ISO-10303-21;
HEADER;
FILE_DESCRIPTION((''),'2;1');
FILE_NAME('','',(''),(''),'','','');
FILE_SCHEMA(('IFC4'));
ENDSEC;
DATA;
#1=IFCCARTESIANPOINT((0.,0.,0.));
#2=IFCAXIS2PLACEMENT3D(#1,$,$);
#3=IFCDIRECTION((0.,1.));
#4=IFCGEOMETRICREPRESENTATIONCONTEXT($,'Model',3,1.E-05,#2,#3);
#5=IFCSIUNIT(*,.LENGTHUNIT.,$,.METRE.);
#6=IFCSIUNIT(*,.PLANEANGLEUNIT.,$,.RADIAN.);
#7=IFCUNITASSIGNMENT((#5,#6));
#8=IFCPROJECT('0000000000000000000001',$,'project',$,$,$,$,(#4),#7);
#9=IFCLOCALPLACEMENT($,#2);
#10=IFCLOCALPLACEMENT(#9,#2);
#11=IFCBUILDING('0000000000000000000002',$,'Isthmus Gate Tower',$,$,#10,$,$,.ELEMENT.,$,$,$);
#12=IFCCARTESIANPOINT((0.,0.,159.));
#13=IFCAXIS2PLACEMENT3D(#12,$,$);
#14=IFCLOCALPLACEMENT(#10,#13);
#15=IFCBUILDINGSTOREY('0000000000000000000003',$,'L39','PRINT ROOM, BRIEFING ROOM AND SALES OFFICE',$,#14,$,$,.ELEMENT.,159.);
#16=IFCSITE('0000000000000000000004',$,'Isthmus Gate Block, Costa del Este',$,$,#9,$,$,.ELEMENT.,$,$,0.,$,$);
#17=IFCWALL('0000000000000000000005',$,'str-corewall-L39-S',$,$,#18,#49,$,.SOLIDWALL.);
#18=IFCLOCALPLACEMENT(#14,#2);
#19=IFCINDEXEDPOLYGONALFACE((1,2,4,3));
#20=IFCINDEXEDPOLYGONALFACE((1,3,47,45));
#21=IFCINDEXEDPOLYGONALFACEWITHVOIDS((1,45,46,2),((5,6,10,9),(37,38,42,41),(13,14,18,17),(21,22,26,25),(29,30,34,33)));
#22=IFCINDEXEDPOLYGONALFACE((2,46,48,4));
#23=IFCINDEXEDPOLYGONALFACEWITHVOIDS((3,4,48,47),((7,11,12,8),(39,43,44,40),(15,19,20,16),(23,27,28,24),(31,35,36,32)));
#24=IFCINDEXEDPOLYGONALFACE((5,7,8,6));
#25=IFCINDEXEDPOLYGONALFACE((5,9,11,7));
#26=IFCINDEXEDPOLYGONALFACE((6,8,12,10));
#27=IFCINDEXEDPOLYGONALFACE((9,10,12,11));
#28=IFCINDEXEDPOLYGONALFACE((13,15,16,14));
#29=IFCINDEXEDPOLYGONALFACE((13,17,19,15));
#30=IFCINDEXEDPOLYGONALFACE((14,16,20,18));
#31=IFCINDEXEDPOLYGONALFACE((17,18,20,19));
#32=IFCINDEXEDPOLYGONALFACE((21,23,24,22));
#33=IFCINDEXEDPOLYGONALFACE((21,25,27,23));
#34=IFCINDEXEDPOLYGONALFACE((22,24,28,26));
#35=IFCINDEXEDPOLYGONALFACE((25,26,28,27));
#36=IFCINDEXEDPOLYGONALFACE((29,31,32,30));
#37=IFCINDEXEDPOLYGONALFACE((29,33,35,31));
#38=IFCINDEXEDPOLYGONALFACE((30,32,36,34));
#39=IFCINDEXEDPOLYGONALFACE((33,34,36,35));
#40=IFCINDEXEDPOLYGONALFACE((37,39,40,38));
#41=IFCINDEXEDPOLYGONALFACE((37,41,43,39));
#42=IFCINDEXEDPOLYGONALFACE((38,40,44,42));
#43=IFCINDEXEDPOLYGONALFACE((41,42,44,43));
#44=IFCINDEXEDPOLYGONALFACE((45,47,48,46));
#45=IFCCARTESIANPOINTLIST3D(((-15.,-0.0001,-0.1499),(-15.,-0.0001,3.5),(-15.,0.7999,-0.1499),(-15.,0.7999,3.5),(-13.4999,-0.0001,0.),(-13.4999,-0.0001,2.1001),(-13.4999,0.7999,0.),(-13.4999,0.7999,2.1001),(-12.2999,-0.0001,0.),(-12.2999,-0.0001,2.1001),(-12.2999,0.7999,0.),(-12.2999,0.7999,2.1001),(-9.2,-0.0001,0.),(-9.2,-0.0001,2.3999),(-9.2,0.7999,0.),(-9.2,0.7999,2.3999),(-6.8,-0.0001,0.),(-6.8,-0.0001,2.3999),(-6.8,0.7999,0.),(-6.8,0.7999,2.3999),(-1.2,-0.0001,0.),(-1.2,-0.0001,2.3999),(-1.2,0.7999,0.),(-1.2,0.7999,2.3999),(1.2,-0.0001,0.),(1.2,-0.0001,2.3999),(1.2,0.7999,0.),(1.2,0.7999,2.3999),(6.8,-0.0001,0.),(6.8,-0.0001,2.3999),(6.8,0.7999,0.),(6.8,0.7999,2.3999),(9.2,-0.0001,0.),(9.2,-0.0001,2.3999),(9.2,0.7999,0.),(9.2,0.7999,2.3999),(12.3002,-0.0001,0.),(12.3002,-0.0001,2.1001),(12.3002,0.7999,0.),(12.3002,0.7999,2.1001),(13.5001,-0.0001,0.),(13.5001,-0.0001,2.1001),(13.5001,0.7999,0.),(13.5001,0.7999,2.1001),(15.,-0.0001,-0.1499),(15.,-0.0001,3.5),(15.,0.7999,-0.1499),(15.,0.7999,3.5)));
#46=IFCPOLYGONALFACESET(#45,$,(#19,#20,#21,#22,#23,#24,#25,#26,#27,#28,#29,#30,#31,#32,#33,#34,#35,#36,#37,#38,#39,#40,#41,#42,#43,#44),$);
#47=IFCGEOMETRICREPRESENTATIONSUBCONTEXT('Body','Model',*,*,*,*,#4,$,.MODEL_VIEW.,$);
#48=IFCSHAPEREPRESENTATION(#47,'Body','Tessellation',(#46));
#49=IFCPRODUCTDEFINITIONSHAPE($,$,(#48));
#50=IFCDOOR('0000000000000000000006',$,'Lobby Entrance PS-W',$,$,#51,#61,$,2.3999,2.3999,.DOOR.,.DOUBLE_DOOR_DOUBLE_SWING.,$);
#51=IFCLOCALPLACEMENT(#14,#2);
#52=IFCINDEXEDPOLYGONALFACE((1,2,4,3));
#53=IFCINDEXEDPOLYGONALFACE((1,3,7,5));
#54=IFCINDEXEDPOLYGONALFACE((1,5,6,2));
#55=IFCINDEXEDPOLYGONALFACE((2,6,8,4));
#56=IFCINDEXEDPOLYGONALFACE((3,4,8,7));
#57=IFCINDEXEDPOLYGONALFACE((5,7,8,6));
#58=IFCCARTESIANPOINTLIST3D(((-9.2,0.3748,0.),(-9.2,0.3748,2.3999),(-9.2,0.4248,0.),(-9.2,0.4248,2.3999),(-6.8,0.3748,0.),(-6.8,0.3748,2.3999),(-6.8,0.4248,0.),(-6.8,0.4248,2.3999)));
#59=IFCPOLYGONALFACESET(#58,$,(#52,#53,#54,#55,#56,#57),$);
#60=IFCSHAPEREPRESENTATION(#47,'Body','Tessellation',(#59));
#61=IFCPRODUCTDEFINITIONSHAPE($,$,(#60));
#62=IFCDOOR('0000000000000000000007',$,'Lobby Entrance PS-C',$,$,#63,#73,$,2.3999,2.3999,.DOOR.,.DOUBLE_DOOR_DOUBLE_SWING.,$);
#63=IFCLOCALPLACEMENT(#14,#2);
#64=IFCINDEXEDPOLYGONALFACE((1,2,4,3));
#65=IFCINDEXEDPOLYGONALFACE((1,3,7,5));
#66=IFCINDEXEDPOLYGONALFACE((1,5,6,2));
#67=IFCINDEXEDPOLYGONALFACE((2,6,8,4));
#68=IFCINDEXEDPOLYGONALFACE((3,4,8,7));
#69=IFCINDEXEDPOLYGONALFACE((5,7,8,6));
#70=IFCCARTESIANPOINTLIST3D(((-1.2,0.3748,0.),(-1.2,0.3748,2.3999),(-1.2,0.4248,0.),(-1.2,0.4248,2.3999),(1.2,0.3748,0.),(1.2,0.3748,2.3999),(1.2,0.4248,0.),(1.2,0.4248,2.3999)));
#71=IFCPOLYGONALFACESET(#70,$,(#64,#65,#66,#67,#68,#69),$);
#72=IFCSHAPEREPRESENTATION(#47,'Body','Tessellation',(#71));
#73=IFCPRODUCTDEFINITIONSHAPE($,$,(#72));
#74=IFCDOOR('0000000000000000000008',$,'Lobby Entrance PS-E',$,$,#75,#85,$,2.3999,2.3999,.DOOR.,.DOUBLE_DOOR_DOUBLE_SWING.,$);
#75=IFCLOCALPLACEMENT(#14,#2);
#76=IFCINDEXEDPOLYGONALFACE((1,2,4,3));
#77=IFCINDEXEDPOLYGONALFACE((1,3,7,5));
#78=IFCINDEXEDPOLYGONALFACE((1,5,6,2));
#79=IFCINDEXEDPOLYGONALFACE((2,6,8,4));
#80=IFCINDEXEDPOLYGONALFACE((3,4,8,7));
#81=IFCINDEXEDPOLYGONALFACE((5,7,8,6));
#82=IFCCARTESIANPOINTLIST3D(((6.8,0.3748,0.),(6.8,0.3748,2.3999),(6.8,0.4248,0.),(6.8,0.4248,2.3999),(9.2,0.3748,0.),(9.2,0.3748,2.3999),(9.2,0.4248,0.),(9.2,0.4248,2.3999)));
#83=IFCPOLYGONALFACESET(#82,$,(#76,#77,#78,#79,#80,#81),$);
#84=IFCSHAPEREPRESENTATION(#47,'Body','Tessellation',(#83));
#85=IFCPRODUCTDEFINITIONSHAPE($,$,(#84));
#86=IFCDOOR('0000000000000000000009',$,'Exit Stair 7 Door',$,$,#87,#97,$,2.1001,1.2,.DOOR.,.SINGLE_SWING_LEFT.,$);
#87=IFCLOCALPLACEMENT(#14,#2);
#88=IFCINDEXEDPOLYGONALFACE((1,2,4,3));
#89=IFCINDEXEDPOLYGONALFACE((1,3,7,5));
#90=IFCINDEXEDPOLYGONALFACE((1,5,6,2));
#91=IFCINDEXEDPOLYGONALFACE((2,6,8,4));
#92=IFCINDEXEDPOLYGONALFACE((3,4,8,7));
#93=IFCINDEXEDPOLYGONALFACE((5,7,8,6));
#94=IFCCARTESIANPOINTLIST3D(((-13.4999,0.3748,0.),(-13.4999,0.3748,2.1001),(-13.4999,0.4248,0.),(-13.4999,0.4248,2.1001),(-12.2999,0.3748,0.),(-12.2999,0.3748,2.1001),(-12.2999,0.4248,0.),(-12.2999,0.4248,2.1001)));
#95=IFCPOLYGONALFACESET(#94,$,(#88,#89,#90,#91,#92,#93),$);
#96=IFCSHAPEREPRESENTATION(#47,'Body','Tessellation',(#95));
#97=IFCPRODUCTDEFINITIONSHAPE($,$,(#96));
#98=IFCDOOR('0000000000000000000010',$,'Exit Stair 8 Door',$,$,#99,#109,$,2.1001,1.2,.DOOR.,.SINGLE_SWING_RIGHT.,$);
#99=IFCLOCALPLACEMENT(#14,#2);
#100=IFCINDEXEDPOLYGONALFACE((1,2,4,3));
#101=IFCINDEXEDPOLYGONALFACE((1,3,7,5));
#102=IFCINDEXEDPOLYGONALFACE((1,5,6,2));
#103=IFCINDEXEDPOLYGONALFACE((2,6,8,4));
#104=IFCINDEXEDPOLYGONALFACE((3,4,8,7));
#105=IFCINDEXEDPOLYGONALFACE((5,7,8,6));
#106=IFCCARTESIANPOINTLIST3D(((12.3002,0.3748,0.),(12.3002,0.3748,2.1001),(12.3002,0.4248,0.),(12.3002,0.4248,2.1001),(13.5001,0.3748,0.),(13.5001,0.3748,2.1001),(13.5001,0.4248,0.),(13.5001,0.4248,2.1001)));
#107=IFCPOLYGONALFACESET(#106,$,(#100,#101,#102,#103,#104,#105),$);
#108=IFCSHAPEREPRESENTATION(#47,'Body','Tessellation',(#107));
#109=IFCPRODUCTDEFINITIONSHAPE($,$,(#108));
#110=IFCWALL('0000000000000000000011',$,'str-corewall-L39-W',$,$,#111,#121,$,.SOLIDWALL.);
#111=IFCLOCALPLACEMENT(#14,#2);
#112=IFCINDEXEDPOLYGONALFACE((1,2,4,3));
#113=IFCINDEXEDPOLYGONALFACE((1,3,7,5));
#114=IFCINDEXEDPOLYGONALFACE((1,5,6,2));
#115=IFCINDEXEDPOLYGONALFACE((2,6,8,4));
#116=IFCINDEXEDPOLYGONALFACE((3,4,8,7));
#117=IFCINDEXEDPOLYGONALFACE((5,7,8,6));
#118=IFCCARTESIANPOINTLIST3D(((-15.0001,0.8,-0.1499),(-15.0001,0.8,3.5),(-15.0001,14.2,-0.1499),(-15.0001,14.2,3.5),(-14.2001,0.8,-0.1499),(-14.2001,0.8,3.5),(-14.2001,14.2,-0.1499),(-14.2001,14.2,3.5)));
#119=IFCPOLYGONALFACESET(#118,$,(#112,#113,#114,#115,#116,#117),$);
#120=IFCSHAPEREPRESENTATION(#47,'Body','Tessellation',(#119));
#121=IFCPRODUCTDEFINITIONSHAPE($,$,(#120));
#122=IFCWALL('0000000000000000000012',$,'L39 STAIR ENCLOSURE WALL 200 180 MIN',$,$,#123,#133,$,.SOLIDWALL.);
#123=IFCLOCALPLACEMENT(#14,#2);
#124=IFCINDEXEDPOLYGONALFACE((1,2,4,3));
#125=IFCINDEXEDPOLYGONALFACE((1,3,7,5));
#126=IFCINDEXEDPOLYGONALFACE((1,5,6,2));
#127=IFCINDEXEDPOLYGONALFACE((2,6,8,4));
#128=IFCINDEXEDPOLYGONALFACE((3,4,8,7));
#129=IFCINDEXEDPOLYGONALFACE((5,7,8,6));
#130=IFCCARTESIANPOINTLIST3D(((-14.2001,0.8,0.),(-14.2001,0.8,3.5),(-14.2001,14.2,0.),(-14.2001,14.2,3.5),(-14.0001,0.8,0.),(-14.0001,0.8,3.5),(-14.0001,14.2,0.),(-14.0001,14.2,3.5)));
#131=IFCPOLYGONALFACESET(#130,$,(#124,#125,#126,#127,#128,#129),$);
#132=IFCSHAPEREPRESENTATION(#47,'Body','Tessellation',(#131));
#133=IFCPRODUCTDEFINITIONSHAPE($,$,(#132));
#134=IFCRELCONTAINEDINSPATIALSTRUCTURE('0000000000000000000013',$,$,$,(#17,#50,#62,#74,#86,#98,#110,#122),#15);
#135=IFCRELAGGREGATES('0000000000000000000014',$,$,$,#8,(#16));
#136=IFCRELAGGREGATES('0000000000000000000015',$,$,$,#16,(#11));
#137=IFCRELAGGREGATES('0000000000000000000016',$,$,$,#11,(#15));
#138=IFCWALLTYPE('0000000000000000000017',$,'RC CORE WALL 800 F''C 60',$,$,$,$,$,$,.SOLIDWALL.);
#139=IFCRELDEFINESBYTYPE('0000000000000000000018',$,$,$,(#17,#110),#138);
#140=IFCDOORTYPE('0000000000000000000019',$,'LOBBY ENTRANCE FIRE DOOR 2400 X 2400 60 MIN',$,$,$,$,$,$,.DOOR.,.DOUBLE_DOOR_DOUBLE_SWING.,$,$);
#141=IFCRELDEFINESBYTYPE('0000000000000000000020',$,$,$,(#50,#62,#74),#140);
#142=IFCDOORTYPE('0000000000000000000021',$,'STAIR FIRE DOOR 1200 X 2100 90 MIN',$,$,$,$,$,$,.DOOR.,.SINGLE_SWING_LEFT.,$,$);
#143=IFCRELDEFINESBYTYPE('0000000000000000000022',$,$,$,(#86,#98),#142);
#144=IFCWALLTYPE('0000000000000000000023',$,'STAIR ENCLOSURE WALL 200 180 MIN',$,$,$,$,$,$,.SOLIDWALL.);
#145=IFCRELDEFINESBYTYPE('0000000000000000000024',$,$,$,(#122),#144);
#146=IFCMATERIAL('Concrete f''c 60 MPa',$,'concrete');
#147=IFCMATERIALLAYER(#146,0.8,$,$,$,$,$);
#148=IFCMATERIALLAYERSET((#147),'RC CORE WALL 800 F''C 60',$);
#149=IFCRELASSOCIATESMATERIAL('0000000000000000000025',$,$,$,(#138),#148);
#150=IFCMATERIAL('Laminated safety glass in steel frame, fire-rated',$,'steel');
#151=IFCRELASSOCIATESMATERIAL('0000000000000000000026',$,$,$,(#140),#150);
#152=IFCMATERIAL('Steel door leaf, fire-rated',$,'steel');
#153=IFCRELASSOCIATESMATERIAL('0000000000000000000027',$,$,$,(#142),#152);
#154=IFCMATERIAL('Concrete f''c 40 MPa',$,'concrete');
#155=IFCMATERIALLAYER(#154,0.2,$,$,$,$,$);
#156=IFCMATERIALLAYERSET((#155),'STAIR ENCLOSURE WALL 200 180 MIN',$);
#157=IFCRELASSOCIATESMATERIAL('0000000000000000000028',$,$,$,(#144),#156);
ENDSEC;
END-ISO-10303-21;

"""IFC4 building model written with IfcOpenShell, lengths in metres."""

from ifc_helpers import new_model, si_unit, direction, frame, frame_2d, origin, place, context, subcontext, project, spatial, rectangle, extrude, material, layer, layer_set, type_object, element, fill, save


model = new_model("IFC4")

# Units and contexts
model_context = context("Model", 3, precision=1e-05, world=origin(), true_north=direction((0.0, 1.0)))
body_context = subcontext(model_context, "Body", "Model", "MODEL_VIEW")
ifc_project = project(units=[si_unit("LENGTHUNIT", "METRE"), si_unit("PLANEANGLEUNIT", "RADIAN")], contexts=[model_context])

# Site, building, storey
site_placement = place(None, origin())
site = spatial("IfcSite", under=ifc_project, at=site_placement, Name="Isthmus Gate Block, Costa del Este", CompositionType="ELEMENT", RefElevation=0.0)
building_placement = place(site_placement, origin())
building = spatial("IfcBuilding", under=site, at=building_placement, Name="Isthmus Gate Tower", CompositionType="ELEMENT")
storey_placement = place(building_placement, frame((0.0, 0.0, 159.0)))
storey = spatial("IfcBuildingStorey", under=building, at=storey_placement, Name="L39", Description="PRINT ROOM, BRIEFING ROOM AND SALES OFFICE", CompositionType="ELEMENT", Elevation=159.0)

# Wall, openings, doors
ifc_material_1 = material(Name="Concrete f'c 60 MPa", Category="concrete")
ifc_layer_1 = layer(ifc_material_1, 0.8)
ifc_layer_set_1 = layer_set([ifc_layer_1], Name="RC CORE WALL 800 F'C 60")
wall_type_1 = type_object("IfcWallType", Name="RC CORE WALL 800 F'C 60", PredefinedType="SOLIDWALL", material=ifc_layer_set_1)
wall_1_placement = place(storey_placement, frame((-15.0, 0.3999, -0.1499), z_axis=(0.0, 0.0, 1.0), x_axis=(1.0, 0.0, 0.0)))
wall_1 = element("IfcWall", 1, at=wall_1_placement, inside=storey, type_object=wall_type_1, Name="str-corewall-L39-S", PredefinedType="SOLIDWALL", context=body_context, shape_type="SweptSolid", body=[
    extrude(rectangle(XDim=30.0, YDim=0.8, at=frame_2d((15.0, 0.0))), origin(), (0.0, 0.0, 1.0), 3.6499),
])
opening_1_placement = place(wall_1_placement, frame((5.8, 0.0, 0.1499)))
opening_1 = element("IfcOpeningElement", 2, at=opening_1_placement, cuts=wall_1, PredefinedType="OPENING", context=body_context, shape_type="SweptSolid", body=[
    extrude(rectangle(XDim=2.3999, YDim=2.3999, at=frame_2d((1.2, 1.2))), frame((0.0, 0.4099, 0.0), z_axis=(0.0, -1.0, 0.0), x_axis=(1.0, 0.0, 0.0)), (0.0, 0.0, 1.0), 0.8201),
])
opening_2_placement = place(wall_1_placement, frame((13.8, 0.0, 0.1499)))
opening_2 = element("IfcOpeningElement", 3, at=opening_2_placement, cuts=wall_1, PredefinedType="OPENING", context=body_context, shape_type="SweptSolid", body=[
    extrude(rectangle(XDim=2.3999, YDim=2.3999, at=frame_2d((1.2, 1.2))), frame((0.0, 0.4099, 0.0), z_axis=(0.0, -1.0, 0.0), x_axis=(1.0, 0.0, 0.0)), (0.0, 0.0, 1.0), 0.8201),
])
opening_3_placement = place(wall_1_placement, frame((21.8, 0.0, 0.1499)))
opening_3 = element("IfcOpeningElement", 4, at=opening_3_placement, cuts=wall_1, PredefinedType="OPENING", context=body_context, shape_type="SweptSolid", body=[
    extrude(rectangle(XDim=2.3999, YDim=2.3999, at=frame_2d((1.2, 1.2))), frame((0.0, 0.4099, 0.0), z_axis=(0.0, -1.0, 0.0), x_axis=(1.0, 0.0, 0.0)), (0.0, 0.0, 1.0), 0.8201),
])
opening_4_placement = place(wall_1_placement, frame((1.5, 0.0, 0.1499)))
opening_4 = element("IfcOpeningElement", 5, at=opening_4_placement, cuts=wall_1, PredefinedType="OPENING", context=body_context, shape_type="SweptSolid", body=[
    extrude(rectangle(XDim=1.2, YDim=2.1001, at=frame_2d((0.6001, 1.05))), frame((0.0, 0.4099, 0.0), z_axis=(0.0, -1.0, 0.0), x_axis=(1.0, 0.0, 0.0)), (0.0, 0.0, 1.0), 0.8201),
])
opening_5_placement = place(wall_1_placement, frame((27.3, 0.0, 0.1499)))
opening_5 = element("IfcOpeningElement", 6, at=opening_5_placement, cuts=wall_1, PredefinedType="OPENING", context=body_context, shape_type="SweptSolid", body=[
    extrude(rectangle(XDim=1.2, YDim=2.1001, at=frame_2d((0.6001, 1.05))), frame((0.0, 0.4099, 0.0), z_axis=(0.0, -1.0, 0.0), x_axis=(1.0, 0.0, 0.0)), (0.0, 0.0, 1.0), 0.8201),
])
ifc_material_2 = material(Name="Laminated safety glass in steel frame, fire-rated", Category="steel")
door_type_1 = type_object("IfcDoorType", Name="LOBBY ENTRANCE FIRE DOOR 2400 X 2400 60 MIN", OperationType="DOUBLE_DOOR_DOUBLE_SWING", PredefinedType="DOOR", material=ifc_material_2)
door_1_placement = place(opening_1_placement, origin())
door_1 = element("IfcDoor", 7, at=door_1_placement, inside=storey, type_object=door_type_1, Name="Lobby Entrance PS-W", OperationType="DOUBLE_DOOR_DOUBLE_SWING", OverallHeight=2.3999, OverallWidth=2.3999, PredefinedType="DOOR", context=body_context, shape_type="SweptSolid", body=[
    extrude(rectangle(XDim=2.3999, YDim=2.3999, at=frame_2d((1.2, 1.2))), frame((0.0, 0.0249, 0.0), z_axis=(0.0, -1.0, 0.0), x_axis=(1.0, 0.0, 0.0)), (0.0, 0.0, 1.0), 0.05),
])
fill(opening_1, door_1)
door_2_placement = place(opening_2_placement, origin())
door_2 = element("IfcDoor", 8, at=door_2_placement, inside=storey, type_object=door_type_1, Name="Lobby Entrance PS-C", OperationType="DOUBLE_DOOR_DOUBLE_SWING", OverallHeight=2.3999, OverallWidth=2.3999, PredefinedType="DOOR", context=body_context, shape_type="SweptSolid", body=[
    extrude(rectangle(XDim=2.3999, YDim=2.3999, at=frame_2d((1.2, 1.2))), frame((0.0, 0.0249, 0.0), z_axis=(0.0, -1.0, 0.0), x_axis=(1.0, 0.0, 0.0)), (0.0, 0.0, 1.0), 0.05),
])
fill(opening_2, door_2)
door_3_placement = place(opening_3_placement, origin())
door_3 = element("IfcDoor", 9, at=door_3_placement, inside=storey, type_object=door_type_1, Name="Lobby Entrance PS-E", OperationType="DOUBLE_DOOR_DOUBLE_SWING", OverallHeight=2.3999, OverallWidth=2.3999, PredefinedType="DOOR", context=body_context, shape_type="SweptSolid", body=[
    extrude(rectangle(XDim=2.3999, YDim=2.3999, at=frame_2d((1.2, 1.2))), frame((0.0, 0.0249, 0.0), z_axis=(0.0, -1.0, 0.0), x_axis=(1.0, 0.0, 0.0)), (0.0, 0.0, 1.0), 0.05),
])
fill(opening_3, door_3)
ifc_material_3 = material(Name="Steel door leaf, fire-rated", Category="steel")
door_type_2 = type_object("IfcDoorType", Name="STAIR FIRE DOOR 1200 X 2100 90 MIN", OperationType="SINGLE_SWING_LEFT", PredefinedType="DOOR", material=ifc_material_3)
door_4_placement = place(opening_4_placement, origin())
door_4 = element("IfcDoor", 10, at=door_4_placement, inside=storey, type_object=door_type_2, Name="Exit Stair 7 Door", OperationType="SINGLE_SWING_LEFT", OverallHeight=2.1001, OverallWidth=1.2, PredefinedType="DOOR", context=body_context, shape_type="SweptSolid", body=[
    extrude(rectangle(XDim=1.2, YDim=2.1001, at=frame_2d((0.6001, 1.05))), frame((0.0, 0.0249, 0.0), z_axis=(0.0, -1.0, 0.0), x_axis=(1.0, 0.0, 0.0)), (0.0, 0.0, 1.0), 0.05),
])
fill(opening_4, door_4)
door_5_placement = place(opening_5_placement, origin())
door_5 = element("IfcDoor", 11, at=door_5_placement, inside=storey, type_object=door_type_2, Name="Exit Stair 8 Door", OperationType="SINGLE_SWING_RIGHT", OverallHeight=2.1001, OverallWidth=1.2, PredefinedType="DOOR", context=body_context, shape_type="SweptSolid", body=[
    extrude(rectangle(XDim=1.2, YDim=2.1001, at=frame_2d((0.6001, 1.05))), frame((0.0, 0.0249, 0.0), z_axis=(0.0, -1.0, 0.0), x_axis=(1.0, 0.0, 0.0)), (0.0, 0.0, 1.0), 0.05),
])
fill(opening_5, door_5)

# Walls
wall_2_placement = place(storey_placement, frame((-14.6001, 0.8, -0.1499), z_axis=(0.0, 0.0, 1.0), x_axis=(0.0, 1.0, 0.0)))
element("IfcWall", 12, at=wall_2_placement, inside=storey, type_object=wall_type_1, Name="str-corewall-L39-W", PredefinedType="SOLIDWALL", context=body_context, shape_type="SweptSolid", body=[
    extrude(rectangle(XDim=13.3999, YDim=0.8, at=frame_2d((6.7, 0.0))), origin(), (0.0, 0.0, 1.0), 3.6499),
])
ifc_material_4 = material(Name="Concrete f'c 40 MPa", Category="concrete")
ifc_layer_2 = layer(ifc_material_4, 0.2)
ifc_layer_set_2 = layer_set([ifc_layer_2], Name="STAIR ENCLOSURE WALL 200 180 MIN")
wall_type_2 = type_object("IfcWallType", Name="STAIR ENCLOSURE WALL 200 180 MIN", PredefinedType="SOLIDWALL", material=ifc_layer_set_2)
wall_3_placement = place(storey_placement, frame((-14.1001, 0.8, 0.0), z_axis=(0.0, 0.0, 1.0), x_axis=(0.0, 1.0, 0.0)))
element("IfcWall", 13, at=wall_3_placement, inside=storey, type_object=wall_type_2, Name="L39 STAIR ENCLOSURE WALL 200 180 MIN", PredefinedType="SOLIDWALL", context=body_context, shape_type="SweptSolid", body=[
    extrude(rectangle(XDim=13.3999, YDim=0.2, at=frame_2d((6.7, 0.0))), origin(), (0.0, 0.0, 1.0), 3.5),
])

save(model, "model.ifc")
